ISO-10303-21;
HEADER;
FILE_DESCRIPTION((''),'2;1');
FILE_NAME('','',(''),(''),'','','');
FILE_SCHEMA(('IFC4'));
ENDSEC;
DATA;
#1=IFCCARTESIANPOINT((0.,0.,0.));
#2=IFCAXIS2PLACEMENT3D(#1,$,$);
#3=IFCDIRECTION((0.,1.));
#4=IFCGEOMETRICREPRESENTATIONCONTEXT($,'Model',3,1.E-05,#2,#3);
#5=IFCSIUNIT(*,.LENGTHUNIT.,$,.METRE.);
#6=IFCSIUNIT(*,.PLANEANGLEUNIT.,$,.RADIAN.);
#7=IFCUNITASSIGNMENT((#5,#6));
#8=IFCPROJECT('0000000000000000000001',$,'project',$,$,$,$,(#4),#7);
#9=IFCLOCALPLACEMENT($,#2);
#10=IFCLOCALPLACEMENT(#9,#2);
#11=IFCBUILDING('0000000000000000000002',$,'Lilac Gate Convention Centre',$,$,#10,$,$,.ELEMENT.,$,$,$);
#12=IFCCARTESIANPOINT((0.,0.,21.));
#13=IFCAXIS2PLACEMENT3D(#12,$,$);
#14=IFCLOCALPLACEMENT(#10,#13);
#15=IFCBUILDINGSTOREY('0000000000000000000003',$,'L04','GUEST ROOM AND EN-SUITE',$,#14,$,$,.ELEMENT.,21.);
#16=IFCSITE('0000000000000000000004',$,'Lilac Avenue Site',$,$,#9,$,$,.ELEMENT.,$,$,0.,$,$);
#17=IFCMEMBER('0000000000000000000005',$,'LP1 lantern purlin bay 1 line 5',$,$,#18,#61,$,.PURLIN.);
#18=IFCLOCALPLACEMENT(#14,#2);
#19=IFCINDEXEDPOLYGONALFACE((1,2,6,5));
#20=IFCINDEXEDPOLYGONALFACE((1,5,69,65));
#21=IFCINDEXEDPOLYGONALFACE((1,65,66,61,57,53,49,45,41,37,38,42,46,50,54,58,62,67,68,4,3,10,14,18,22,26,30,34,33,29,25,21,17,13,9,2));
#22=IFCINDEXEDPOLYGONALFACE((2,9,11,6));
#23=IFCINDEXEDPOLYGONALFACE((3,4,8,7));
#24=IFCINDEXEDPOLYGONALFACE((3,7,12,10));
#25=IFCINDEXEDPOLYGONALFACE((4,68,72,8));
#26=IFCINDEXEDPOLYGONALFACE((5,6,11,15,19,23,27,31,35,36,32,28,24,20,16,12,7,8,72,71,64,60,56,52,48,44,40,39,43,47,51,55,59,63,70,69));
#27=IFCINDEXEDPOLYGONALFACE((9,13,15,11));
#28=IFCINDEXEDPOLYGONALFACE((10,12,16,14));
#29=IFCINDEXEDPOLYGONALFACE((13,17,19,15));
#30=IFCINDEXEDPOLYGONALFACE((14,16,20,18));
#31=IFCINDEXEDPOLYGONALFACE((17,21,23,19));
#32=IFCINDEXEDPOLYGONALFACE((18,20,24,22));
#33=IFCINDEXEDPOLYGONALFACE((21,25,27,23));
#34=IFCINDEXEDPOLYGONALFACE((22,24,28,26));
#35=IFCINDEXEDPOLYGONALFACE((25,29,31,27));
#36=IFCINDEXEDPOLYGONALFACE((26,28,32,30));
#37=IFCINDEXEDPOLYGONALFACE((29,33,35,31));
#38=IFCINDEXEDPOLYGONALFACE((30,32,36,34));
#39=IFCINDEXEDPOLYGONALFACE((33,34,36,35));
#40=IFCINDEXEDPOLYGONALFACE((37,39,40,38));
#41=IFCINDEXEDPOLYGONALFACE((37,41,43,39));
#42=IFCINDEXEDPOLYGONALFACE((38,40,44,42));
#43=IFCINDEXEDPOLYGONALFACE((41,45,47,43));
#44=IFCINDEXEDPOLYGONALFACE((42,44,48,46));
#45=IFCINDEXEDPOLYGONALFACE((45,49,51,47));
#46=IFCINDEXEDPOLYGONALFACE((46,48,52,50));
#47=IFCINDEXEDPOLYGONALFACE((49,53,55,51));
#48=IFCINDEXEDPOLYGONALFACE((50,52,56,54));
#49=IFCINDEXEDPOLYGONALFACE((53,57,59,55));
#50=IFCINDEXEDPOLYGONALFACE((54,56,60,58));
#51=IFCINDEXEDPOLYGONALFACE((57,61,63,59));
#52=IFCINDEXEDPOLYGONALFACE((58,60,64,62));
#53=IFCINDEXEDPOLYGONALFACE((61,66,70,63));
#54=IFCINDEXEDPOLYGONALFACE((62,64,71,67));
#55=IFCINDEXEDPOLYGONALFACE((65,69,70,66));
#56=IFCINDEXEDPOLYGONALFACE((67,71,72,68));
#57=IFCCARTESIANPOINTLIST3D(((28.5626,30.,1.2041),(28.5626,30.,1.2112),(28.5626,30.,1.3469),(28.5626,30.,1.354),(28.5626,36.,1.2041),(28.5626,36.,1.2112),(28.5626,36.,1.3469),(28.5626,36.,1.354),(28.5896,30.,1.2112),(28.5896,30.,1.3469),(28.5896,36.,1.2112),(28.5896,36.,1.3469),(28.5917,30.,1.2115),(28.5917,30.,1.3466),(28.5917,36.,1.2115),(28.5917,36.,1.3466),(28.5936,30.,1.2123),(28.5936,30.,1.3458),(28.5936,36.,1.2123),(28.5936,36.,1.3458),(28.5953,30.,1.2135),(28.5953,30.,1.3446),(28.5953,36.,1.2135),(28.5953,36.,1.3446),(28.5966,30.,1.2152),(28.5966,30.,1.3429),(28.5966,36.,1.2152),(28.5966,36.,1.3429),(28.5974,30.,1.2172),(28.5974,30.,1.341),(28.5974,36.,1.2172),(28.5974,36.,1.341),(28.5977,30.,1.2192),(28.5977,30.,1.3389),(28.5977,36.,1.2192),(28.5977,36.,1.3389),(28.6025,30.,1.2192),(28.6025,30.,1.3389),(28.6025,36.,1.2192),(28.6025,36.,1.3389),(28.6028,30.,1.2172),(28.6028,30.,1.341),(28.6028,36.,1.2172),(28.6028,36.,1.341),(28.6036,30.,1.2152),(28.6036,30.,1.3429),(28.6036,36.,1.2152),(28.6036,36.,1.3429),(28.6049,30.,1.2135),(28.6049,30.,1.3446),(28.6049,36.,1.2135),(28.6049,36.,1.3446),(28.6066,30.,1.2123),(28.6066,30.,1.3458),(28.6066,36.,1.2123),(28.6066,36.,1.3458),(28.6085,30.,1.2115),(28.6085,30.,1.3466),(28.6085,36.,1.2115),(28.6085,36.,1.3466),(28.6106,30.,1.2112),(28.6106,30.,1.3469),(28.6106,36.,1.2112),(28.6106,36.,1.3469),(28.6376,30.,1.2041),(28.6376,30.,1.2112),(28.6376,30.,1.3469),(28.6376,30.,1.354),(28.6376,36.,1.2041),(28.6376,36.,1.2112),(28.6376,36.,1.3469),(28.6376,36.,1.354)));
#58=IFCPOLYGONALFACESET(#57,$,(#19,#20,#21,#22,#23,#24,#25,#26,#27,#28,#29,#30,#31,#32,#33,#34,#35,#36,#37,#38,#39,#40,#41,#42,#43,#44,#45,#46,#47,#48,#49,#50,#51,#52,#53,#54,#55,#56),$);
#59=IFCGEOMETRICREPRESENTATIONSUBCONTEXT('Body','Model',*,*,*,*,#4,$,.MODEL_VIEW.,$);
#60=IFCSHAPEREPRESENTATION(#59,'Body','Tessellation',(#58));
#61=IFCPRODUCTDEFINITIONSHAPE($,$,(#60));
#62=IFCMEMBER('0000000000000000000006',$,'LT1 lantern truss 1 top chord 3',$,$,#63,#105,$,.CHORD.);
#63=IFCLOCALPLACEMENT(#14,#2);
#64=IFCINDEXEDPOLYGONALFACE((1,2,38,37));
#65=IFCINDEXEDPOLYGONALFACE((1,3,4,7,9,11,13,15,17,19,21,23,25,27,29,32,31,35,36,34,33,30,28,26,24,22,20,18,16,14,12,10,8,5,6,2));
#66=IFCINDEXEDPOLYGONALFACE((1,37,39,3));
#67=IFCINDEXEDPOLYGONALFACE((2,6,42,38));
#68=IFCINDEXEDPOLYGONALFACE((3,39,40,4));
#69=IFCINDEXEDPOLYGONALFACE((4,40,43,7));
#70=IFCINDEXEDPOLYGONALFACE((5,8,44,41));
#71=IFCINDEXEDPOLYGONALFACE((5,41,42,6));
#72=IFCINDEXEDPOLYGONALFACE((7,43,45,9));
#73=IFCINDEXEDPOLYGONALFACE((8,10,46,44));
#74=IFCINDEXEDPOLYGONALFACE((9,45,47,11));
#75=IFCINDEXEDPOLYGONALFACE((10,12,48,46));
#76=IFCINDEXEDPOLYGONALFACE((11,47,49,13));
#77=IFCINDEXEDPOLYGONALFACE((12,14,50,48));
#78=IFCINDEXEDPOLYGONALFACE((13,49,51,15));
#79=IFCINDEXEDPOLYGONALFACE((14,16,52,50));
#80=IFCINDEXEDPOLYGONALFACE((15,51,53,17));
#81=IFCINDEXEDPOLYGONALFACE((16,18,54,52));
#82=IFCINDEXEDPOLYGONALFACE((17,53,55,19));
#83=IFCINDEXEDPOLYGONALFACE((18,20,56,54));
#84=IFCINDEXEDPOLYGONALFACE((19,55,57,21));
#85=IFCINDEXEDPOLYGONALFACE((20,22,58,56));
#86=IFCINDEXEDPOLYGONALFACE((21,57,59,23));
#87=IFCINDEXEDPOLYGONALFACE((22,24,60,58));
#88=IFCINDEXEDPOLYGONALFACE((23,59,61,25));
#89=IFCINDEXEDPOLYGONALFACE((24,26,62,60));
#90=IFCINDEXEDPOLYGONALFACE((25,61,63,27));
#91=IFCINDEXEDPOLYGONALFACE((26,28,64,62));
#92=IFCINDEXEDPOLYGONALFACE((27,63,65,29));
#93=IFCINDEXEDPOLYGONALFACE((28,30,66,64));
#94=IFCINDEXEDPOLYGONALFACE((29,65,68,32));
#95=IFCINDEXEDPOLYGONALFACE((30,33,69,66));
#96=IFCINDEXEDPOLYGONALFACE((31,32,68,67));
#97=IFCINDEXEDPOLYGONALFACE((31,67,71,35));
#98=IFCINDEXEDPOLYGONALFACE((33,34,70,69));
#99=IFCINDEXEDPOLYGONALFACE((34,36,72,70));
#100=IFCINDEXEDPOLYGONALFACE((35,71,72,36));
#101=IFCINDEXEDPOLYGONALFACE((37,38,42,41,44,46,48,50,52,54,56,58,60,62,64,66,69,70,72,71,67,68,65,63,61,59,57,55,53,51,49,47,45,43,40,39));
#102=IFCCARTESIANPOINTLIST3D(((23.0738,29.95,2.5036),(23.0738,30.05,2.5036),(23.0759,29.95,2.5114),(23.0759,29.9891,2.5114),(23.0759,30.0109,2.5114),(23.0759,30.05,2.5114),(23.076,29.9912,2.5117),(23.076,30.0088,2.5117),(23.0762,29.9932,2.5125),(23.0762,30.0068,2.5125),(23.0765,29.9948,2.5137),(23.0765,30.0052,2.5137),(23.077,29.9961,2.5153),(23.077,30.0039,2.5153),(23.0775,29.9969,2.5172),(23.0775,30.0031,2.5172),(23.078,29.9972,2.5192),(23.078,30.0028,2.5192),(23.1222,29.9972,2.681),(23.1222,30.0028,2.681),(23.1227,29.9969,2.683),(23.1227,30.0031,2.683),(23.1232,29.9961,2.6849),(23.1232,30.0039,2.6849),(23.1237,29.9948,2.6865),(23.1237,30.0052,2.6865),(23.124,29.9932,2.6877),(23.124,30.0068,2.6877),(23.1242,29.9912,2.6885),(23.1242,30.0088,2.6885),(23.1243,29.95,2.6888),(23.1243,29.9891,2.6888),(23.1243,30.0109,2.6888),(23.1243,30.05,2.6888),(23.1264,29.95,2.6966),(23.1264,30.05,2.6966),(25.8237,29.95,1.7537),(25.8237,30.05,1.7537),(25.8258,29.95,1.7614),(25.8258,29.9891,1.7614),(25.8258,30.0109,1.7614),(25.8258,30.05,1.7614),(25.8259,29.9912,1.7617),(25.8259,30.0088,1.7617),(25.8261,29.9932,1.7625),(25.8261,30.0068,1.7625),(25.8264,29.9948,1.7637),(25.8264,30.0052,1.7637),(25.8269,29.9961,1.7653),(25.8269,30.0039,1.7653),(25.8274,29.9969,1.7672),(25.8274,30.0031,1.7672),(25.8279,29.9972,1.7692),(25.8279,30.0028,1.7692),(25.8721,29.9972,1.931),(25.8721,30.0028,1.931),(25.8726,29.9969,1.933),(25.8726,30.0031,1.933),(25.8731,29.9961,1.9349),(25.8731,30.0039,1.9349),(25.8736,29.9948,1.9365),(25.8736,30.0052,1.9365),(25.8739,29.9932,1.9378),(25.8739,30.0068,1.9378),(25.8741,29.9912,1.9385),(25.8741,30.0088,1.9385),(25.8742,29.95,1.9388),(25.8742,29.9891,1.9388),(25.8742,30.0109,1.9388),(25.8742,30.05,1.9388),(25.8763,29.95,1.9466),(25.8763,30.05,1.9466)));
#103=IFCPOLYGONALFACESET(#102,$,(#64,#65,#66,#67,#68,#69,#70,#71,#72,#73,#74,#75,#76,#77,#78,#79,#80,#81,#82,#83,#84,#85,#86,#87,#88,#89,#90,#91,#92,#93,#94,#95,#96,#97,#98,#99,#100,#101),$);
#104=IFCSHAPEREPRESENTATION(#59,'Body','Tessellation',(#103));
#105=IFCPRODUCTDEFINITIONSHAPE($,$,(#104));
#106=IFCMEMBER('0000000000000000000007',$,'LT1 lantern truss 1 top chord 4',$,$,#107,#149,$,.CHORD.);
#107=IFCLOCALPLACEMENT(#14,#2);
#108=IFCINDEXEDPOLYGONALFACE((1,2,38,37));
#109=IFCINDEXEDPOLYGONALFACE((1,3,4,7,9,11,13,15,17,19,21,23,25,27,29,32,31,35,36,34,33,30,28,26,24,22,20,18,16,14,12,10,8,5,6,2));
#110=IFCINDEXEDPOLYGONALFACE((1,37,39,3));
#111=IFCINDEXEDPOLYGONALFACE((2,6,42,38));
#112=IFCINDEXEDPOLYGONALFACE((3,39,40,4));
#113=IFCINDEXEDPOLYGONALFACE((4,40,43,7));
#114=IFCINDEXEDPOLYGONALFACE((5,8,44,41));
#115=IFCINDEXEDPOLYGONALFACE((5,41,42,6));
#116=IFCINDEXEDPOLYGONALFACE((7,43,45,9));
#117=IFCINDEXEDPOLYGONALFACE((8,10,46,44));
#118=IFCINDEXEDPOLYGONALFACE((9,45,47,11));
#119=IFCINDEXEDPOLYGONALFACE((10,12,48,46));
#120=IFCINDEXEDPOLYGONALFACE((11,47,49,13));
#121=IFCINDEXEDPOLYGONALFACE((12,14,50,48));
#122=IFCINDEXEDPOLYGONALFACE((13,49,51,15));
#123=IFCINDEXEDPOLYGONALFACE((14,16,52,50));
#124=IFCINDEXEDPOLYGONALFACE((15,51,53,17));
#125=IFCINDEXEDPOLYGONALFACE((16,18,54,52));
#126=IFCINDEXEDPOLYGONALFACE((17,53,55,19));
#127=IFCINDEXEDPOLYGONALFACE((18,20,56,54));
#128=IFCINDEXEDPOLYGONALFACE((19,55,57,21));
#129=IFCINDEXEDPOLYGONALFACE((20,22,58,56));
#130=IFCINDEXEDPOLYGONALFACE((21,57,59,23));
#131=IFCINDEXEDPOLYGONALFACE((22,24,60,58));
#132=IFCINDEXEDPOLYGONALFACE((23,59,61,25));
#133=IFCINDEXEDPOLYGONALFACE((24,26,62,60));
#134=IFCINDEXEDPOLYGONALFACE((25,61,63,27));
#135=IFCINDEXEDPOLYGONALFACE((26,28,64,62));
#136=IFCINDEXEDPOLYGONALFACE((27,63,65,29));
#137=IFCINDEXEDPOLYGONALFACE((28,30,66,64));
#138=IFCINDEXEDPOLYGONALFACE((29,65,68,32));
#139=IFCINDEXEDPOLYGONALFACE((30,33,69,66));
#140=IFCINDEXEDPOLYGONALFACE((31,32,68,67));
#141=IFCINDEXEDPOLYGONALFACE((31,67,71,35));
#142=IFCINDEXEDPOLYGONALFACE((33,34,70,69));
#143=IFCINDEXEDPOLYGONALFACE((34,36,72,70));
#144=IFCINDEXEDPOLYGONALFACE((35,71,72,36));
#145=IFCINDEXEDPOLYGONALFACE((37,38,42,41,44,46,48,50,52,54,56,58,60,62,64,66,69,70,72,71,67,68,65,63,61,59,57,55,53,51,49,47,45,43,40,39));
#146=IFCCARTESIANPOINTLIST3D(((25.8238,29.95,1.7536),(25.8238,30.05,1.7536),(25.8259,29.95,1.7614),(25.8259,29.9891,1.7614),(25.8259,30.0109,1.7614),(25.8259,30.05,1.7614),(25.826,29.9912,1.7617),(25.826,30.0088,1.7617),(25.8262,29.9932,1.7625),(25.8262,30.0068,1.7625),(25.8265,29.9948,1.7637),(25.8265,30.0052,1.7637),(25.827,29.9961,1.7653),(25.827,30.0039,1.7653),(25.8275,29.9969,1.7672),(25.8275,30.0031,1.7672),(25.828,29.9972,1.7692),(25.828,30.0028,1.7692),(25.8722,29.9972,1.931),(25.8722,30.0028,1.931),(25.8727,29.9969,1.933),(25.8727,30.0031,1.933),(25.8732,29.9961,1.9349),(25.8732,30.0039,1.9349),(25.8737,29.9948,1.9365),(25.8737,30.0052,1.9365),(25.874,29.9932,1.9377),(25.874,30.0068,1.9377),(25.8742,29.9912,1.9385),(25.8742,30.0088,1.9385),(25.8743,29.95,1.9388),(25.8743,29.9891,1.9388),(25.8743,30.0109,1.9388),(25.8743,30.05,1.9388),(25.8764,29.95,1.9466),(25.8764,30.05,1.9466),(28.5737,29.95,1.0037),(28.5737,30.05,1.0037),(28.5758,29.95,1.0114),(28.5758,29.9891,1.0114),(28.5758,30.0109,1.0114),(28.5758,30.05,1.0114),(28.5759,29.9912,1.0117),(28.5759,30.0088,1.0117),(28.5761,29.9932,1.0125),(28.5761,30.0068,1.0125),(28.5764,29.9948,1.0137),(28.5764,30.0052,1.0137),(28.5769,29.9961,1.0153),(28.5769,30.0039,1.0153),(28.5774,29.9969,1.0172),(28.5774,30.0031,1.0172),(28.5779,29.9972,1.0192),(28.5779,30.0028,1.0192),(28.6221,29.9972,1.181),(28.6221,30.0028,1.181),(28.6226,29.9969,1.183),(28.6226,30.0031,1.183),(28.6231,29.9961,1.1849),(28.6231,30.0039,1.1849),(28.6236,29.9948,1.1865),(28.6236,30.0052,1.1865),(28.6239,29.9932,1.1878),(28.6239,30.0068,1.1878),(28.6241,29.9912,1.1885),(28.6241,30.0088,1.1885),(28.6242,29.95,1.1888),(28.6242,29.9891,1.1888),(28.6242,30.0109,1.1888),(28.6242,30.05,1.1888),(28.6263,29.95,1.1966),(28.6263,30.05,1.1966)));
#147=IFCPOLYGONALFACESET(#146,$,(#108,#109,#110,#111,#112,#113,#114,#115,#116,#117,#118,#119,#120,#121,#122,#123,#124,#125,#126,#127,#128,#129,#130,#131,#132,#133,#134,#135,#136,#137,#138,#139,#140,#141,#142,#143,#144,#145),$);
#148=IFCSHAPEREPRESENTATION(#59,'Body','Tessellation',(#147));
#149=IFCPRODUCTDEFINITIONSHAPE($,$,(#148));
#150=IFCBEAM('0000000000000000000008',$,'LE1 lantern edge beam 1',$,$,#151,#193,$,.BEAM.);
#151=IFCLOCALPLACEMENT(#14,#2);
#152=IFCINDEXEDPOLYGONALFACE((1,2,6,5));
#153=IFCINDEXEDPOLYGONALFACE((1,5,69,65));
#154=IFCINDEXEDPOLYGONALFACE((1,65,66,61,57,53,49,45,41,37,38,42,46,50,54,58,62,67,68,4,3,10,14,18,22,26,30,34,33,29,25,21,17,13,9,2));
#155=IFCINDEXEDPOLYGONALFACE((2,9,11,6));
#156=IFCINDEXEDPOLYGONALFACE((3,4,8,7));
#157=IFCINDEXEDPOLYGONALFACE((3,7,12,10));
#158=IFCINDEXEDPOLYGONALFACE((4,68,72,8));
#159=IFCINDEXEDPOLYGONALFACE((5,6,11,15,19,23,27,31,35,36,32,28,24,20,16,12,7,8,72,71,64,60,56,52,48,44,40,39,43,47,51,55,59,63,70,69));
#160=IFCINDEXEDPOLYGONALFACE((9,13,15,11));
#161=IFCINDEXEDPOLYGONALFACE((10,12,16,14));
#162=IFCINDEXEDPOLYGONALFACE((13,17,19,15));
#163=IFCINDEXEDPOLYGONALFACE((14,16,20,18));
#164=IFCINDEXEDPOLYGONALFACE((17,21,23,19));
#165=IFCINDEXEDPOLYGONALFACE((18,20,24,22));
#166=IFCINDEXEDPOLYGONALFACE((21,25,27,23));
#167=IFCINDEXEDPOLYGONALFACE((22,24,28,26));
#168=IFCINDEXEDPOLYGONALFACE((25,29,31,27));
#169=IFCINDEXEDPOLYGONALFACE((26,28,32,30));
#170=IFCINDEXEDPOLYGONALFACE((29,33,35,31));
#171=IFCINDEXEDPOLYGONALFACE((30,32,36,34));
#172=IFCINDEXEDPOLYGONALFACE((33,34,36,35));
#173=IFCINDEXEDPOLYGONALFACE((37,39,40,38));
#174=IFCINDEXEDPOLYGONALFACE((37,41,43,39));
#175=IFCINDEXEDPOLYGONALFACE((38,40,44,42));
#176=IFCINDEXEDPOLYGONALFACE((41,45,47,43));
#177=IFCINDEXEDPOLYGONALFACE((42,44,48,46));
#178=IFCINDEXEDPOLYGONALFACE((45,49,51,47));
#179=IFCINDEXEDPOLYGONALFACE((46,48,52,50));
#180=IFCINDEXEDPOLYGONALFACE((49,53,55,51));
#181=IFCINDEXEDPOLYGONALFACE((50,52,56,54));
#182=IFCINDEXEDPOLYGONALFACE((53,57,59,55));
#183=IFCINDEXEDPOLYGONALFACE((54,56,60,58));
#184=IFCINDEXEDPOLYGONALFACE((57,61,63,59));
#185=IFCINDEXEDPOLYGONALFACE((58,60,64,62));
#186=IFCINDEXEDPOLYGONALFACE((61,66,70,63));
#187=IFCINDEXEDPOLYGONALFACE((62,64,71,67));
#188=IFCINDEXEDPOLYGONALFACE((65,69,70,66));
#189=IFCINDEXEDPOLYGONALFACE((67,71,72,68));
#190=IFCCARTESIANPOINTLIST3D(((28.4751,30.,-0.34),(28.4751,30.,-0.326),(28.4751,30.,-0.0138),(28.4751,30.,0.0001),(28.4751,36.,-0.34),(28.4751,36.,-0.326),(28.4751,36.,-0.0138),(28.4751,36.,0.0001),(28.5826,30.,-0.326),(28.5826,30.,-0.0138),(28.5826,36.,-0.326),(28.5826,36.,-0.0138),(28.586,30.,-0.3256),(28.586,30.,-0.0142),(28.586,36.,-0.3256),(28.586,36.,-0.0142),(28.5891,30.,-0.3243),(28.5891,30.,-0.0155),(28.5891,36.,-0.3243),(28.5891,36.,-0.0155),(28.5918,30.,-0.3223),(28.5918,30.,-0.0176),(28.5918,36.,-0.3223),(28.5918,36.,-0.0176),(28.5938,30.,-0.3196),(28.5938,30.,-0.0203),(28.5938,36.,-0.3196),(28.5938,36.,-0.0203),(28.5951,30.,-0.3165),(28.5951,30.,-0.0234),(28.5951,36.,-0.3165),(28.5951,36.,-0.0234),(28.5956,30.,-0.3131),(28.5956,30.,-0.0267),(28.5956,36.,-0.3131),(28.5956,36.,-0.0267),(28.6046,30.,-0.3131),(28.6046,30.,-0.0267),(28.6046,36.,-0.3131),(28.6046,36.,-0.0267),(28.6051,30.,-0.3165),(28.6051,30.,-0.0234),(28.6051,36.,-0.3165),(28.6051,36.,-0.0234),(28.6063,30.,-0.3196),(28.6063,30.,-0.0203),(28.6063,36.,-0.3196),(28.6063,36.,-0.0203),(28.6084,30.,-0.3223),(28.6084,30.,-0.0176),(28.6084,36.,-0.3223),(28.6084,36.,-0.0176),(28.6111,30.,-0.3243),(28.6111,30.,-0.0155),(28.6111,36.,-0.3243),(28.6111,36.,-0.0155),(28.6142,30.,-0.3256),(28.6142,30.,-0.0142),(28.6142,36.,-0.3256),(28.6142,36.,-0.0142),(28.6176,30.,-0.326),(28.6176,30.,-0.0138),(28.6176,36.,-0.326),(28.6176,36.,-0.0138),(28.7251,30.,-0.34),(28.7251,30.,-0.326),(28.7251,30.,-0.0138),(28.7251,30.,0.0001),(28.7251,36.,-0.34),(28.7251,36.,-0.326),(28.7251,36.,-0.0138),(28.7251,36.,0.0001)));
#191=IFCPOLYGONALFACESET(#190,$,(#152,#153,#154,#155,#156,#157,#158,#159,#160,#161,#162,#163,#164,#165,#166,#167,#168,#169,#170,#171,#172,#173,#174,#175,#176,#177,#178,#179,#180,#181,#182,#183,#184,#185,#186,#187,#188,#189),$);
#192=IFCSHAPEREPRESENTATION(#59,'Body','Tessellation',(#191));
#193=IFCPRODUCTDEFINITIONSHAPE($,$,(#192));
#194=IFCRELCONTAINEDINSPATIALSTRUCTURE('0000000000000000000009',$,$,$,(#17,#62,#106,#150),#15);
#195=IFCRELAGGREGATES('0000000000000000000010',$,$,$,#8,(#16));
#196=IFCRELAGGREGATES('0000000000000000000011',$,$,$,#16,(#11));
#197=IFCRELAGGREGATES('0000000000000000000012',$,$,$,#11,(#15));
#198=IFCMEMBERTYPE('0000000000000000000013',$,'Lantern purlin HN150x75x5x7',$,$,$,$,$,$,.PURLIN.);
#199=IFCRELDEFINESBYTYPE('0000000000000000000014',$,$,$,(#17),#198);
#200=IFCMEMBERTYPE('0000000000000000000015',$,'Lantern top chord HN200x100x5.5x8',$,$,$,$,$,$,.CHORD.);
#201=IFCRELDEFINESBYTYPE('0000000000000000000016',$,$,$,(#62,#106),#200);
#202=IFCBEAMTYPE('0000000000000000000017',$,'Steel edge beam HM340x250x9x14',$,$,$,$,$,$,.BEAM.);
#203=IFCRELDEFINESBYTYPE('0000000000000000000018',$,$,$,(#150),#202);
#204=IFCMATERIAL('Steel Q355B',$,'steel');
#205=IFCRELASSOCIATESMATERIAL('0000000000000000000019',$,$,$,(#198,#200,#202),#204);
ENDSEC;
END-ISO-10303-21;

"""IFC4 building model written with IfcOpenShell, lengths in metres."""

from ifc_helpers import new_model, si_unit, direction, frame, origin, origin_2d, place, context, subcontext, project, spatial, i_section, extrude, material, material_profile, profile_set, type_object, element, save


model = new_model("IFC4")

# Units and contexts
model_context = context("Model", 3, precision=1e-05, world=origin(), true_north=direction((0.0, 1.0)))
body_context = subcontext(model_context, "Body", "Model", "MODEL_VIEW")
ifc_project = project(units=[si_unit("LENGTHUNIT", "METRE"), si_unit("PLANEANGLEUNIT", "RADIAN")], contexts=[model_context])

# Site, building, storey
site_placement = place(None, origin())
site = spatial("IfcSite", under=ifc_project, at=site_placement, Name="Lilac Avenue Site", CompositionType="ELEMENT", RefElevation=0.0)
building_placement = place(site_placement, origin())
building = spatial("IfcBuilding", under=site, at=building_placement, Name="Lilac Gate Convention Centre", CompositionType="ELEMENT")
storey_placement = place(building_placement, frame((0.0, 0.0, 21.0)))
storey = spatial("IfcBuildingStorey", under=building, at=storey_placement, Name="L04", Description="GUEST ROOM AND EN-SUITE", CompositionType="ELEMENT", Elevation=21.0)

# Members
ifc_material_1 = material(Name="Steel Q355B", Category="steel")
ifc_material_profile_1 = material_profile(ifc_material_1, i_section(OverallWidth=0.075, OverallDepth=0.1499, WebThickness=0.0049, FlangeThickness=0.0071, FilletRadius=0.0081, at=origin_2d()), Name="HN150x75x5x7")
ifc_profile_set_1 = profile_set([ifc_material_profile_1], Name="Steel Q355B")
member_type_1 = type_object("IfcMemberType", Name="Lantern purlin HN150x75x5x7", PredefinedType="PURLIN", material=ifc_profile_set_1)
for number, where, z_axis, x_axis, name in (
    (1, (28.6001, 30.0, 1.2791), (0.0, 1.0, 0.0), (-1.0, 0.0, 0.0), "LP1 lantern purlin bay 1 line 5"),
):
    element("IfcMember", number, at=place(storey_placement, frame(where, z_axis=z_axis, x_axis=x_axis)), inside=storey, type_object=member_type_1, Name=name, PredefinedType="PURLIN", context=body_context, shape_type="SweptSolid", body=[
        extrude(i_section(OverallWidth=0.075, OverallDepth=0.1499, WebThickness=0.0049, FlangeThickness=0.0071, FilletRadius=0.0081, at=origin_2d()), origin(), (0.0, 0.0, 1.0), 6.0),
    ])
ifc_material_profile_2 = material_profile(ifc_material_1, i_section(OverallWidth=0.1001, OverallDepth=0.2, WebThickness=0.0056, FlangeThickness=0.0081, FilletRadius=0.0081, at=origin_2d()), Name="HN200x100x5.5x8")
ifc_profile_set_2 = profile_set([ifc_material_profile_2], Name="Steel Q355B")
member_type_2 = type_object("IfcMemberType", Name="Lantern top chord HN200x100x5.5x8", PredefinedType="CHORD", material=ifc_profile_set_2)
for number, where, z_axis, x_axis, name in (
    (2, (23.1001, 30.0, 2.6001), (0.964764, 0.0, -0.263117), (0.0, 1.0, 0.0), "LT1 lantern truss 1 top chord 3"),
    (3, (25.8501, 30.0, 1.8501), (0.964764, 0.0, -0.263117), (0.0, 1.0, 0.0), "LT1 lantern truss 1 top chord 4"),
):
    element("IfcMember", number, at=place(storey_placement, frame(where, z_axis=z_axis, x_axis=x_axis)), inside=storey, type_object=member_type_2, Name=name, PredefinedType="CHORD", context=body_context, shape_type="SweptSolid", body=[
        extrude(i_section(OverallWidth=0.1001, OverallDepth=0.2, WebThickness=0.0056, FlangeThickness=0.0081, FilletRadius=0.0081, at=origin_2d()), origin(), (0.0, 0.0, 1.0), 2.8503),
    ])

# Beam
ifc_material_profile_3 = material_profile(ifc_material_1, i_section(OverallWidth=0.25, OverallDepth=0.3401, WebThickness=0.009, FlangeThickness=0.0139, FilletRadius=0.0129, at=origin_2d()), Name="HM340x250x9x14")
ifc_profile_set_3 = profile_set([ifc_material_profile_3], Name="Steel Q355B")
beam_type = type_object("IfcBeamType", Name="Steel edge beam HM340x250x9x14", PredefinedType="BEAM", material=ifc_profile_set_3)
beam_placement = place(storey_placement, frame((28.6001, 30.0, -0.1699), z_axis=(0.0, 1.0, 0.0), x_axis=(-1.0, 0.0, 0.0)))
element("IfcBeam", 4, at=beam_placement, inside=storey, type_object=beam_type, Name="LE1 lantern edge beam 1", PredefinedType="BEAM", context=body_context, shape_type="SweptSolid", body=[
    extrude(i_section(OverallWidth=0.25, OverallDepth=0.3401, WebThickness=0.009, FlangeThickness=0.0139, FilletRadius=0.0129, at=origin_2d()), origin(), (0.0, 0.0, 1.0), 6.0),
])

save(model, "model.ifc")
